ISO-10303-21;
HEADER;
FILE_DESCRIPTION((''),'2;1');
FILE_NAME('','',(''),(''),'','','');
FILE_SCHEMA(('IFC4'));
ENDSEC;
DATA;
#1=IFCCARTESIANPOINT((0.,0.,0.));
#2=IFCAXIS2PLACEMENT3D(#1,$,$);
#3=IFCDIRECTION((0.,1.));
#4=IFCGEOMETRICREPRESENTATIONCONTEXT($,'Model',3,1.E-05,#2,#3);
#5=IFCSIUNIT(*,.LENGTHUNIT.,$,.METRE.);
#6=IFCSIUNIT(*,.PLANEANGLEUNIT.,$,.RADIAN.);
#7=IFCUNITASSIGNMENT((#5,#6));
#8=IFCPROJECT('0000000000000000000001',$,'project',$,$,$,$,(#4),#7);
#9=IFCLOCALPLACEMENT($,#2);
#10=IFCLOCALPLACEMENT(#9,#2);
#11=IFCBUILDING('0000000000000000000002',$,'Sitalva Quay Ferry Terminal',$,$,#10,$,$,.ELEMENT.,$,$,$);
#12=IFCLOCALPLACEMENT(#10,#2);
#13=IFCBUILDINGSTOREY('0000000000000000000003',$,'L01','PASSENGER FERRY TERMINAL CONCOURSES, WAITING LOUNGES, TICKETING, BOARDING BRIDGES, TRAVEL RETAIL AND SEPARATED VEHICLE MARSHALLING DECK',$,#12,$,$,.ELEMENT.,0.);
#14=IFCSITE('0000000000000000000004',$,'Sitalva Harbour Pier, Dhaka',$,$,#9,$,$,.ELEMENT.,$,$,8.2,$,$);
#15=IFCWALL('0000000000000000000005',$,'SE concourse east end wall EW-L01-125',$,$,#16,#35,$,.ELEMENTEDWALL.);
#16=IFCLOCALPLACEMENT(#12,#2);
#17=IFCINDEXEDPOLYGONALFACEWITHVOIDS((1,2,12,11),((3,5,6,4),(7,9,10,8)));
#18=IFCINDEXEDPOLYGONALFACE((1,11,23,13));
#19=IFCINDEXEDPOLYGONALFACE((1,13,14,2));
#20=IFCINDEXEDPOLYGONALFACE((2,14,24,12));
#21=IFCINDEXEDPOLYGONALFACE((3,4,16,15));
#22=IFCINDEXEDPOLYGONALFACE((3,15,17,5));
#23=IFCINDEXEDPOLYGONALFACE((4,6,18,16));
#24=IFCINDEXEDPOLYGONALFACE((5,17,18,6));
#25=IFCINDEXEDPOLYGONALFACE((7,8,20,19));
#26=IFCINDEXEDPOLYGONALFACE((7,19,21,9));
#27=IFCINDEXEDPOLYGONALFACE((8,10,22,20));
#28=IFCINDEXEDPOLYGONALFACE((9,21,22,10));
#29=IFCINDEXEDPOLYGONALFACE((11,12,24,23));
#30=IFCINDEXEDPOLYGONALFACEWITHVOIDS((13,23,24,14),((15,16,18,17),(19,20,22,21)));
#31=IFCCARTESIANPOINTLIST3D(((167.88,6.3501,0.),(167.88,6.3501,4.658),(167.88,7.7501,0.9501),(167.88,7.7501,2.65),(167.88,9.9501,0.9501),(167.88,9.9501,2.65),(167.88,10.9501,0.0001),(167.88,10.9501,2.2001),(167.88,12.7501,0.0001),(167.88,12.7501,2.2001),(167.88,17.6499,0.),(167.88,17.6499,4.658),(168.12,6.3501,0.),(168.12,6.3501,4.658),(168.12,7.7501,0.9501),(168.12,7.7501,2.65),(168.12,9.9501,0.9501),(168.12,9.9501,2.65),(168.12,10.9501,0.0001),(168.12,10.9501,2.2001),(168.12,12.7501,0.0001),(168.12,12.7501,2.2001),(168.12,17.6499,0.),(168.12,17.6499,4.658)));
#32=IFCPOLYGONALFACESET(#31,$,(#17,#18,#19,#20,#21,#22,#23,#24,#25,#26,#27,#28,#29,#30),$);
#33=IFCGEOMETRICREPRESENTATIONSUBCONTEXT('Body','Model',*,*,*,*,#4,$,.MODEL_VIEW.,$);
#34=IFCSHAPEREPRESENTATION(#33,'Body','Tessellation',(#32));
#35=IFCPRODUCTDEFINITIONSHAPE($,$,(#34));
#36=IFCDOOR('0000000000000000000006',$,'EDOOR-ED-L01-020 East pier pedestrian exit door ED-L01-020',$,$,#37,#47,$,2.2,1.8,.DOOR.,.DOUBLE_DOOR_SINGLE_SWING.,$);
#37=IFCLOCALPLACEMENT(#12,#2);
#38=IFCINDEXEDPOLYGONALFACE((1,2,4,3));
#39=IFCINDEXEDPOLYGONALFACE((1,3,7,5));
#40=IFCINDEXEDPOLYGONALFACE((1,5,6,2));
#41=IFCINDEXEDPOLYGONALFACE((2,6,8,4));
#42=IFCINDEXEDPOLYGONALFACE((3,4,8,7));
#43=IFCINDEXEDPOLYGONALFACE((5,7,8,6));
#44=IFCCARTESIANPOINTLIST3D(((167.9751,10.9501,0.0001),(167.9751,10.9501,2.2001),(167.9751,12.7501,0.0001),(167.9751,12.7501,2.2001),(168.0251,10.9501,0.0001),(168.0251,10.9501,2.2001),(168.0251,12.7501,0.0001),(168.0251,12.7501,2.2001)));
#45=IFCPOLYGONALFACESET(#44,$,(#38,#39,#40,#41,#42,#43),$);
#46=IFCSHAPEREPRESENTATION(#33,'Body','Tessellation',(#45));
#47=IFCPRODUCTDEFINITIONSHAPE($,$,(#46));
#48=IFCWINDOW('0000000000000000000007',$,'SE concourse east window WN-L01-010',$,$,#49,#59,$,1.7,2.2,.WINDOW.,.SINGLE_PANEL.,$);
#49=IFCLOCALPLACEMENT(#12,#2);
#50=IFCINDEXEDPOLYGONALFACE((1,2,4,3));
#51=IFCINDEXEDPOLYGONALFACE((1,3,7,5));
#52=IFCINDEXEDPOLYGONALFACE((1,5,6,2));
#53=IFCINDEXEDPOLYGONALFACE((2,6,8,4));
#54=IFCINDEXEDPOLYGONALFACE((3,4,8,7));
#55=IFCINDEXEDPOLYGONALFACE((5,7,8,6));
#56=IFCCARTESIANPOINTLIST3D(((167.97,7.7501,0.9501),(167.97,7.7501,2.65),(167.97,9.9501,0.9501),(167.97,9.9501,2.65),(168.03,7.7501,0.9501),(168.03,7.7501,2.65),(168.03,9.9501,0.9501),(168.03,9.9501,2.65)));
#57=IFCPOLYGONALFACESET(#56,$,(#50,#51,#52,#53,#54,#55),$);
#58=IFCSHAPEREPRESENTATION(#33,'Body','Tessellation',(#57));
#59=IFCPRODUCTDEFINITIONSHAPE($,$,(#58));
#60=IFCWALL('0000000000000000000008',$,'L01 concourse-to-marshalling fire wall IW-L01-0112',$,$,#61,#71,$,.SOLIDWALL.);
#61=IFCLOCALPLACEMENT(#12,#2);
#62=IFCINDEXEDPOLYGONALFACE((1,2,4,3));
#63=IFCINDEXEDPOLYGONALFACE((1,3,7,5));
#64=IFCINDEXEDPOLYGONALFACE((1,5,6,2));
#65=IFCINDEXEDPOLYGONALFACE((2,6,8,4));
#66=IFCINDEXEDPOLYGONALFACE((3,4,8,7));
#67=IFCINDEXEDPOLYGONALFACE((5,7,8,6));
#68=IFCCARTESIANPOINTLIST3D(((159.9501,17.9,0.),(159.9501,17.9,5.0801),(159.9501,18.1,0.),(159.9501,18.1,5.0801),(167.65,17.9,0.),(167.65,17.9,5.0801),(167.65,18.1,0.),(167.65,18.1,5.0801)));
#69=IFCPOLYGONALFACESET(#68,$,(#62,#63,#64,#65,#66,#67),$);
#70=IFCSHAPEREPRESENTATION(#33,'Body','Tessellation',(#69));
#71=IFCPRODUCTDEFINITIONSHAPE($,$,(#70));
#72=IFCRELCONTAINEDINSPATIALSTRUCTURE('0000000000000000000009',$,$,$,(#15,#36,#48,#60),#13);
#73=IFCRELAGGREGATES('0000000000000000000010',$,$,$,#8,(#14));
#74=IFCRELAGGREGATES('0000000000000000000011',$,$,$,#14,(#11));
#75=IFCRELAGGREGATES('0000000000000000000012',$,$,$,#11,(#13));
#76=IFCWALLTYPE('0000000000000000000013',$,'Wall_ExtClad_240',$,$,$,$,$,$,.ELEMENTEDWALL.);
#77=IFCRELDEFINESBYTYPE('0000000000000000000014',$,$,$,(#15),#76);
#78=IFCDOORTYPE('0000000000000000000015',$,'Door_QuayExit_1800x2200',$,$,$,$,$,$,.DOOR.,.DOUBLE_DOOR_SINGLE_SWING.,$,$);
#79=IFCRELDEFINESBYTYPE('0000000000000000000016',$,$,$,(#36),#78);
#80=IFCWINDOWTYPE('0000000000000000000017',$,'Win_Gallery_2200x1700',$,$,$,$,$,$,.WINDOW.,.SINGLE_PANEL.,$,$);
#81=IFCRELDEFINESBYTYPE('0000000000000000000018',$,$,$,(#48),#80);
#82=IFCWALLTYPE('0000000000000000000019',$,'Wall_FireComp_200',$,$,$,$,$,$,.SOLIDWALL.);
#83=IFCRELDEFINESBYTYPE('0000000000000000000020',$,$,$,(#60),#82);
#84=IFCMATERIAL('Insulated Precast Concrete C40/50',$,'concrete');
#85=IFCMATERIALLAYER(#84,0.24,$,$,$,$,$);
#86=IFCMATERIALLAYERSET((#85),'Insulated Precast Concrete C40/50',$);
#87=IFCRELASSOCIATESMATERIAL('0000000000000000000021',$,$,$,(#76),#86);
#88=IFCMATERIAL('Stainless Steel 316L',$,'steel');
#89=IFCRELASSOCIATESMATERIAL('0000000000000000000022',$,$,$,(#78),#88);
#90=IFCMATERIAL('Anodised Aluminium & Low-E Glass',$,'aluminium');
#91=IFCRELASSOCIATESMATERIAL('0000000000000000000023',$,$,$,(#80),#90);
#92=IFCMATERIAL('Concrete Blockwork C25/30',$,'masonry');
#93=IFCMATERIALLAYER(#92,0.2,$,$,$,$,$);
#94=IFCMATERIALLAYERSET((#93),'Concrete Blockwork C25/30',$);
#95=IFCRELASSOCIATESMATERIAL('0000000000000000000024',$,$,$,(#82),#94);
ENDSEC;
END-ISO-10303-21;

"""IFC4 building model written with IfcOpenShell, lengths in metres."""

from ifc_helpers import new_model, si_unit, direction, frame, frame_2d, origin, place, context, subcontext, project, spatial, rectangle, extrude, material, layer, layer_set, type_object, element, fill, save


model = new_model("IFC4")

# Units and contexts
model_context = context("Model", 3, precision=1e-05, world=origin(), true_north=direction((0.0, 1.0)))
body_context = subcontext(model_context, "Body", "Model", "MODEL_VIEW")
ifc_project = project(units=[si_unit("LENGTHUNIT", "METRE"), si_unit("PLANEANGLEUNIT", "RADIAN")], contexts=[model_context])

# Site, building, storey
site_placement = place(None, origin())
site = spatial("IfcSite", under=ifc_project, at=site_placement, Name="Sitalva Harbour Pier, Dhaka", CompositionType="ELEMENT", RefElevation=8.2)
building_placement = place(site_placement, origin())
building = spatial("IfcBuilding", under=site, at=building_placement, Name="Sitalva Quay Ferry Terminal", CompositionType="ELEMENT")
storey_placement = place(building_placement, origin())
storey = spatial("IfcBuildingStorey", under=building, at=storey_placement, Name="L01", Description="PASSENGER FERRY TERMINAL CONCOURSES, WAITING LOUNGES, TICKETING, BOARDING BRIDGES, TRAVEL RETAIL AND SEPARATED VEHICLE MARSHALLING DECK", CompositionType="ELEMENT", Elevation=0.0)

# Wall, openings, door, window
ifc_material_1 = material(Name="Insulated Precast Concrete C40/50", Category="concrete")
ifc_layer_1 = layer(ifc_material_1, 0.24)
ifc_layer_set_1 = layer_set([ifc_layer_1], Name="Insulated Precast Concrete C40/50")
wall_type_1 = type_object("IfcWallType", Name="Wall_ExtClad_240", PredefinedType="ELEMENTEDWALL", material=ifc_layer_set_1)
wall_1_placement = place(storey_placement, frame((168.0, 6.3501, 0.0), z_axis=(0.0, 0.0, 1.0), x_axis=(0.0, 1.0, 0.0)))
wall_1 = element("IfcWall", 1, at=wall_1_placement, inside=storey, type_object=wall_type_1, Name="SE concourse east end wall EW-L01-125", PredefinedType="ELEMENTEDWALL", context=body_context, shape_type="SweptSolid", body=[
    extrude(rectangle(XDim=11.2998, YDim=0.24, at=frame_2d((5.6499, 0.0))), origin(), (0.0, 0.0, 1.0), 4.658),
])
opening_1_placement = place(wall_1_placement, frame((4.6001, 0.0, 0.0)))
opening_1 = element("IfcOpeningElement", 2, at=opening_1_placement, cuts=wall_1, PredefinedType="OPENING", context=body_context, shape_type="SweptSolid", body=[
    extrude(rectangle(XDim=1.8, YDim=2.2, at=frame_2d((0.8999, 1.1001))), frame((0.0, 0.1299, 0.0), z_axis=(0.0, -1.0, 0.0), x_axis=(1.0, 0.0, 0.0)), (0.0, 0.0, 1.0), 0.26),
])
opening_2_placement = place(wall_1_placement, frame((1.3999, 0.0, 0.95)))
opening_2 = element("IfcOpeningElement", 3, at=opening_2_placement, cuts=wall_1, PredefinedType="OPENING", context=body_context, shape_type="SweptSolid", body=[
    extrude(rectangle(XDim=2.2, YDim=1.7, at=frame_2d((1.1001, 0.8501))), frame((0.0, 0.1299, 0.0), z_axis=(0.0, -1.0, 0.0), x_axis=(1.0, 0.0, 0.0)), (0.0, 0.0, 1.0), 0.26),
])
ifc_material_2 = material(Name="Stainless Steel 316L", Category="steel")
door_type = type_object("IfcDoorType", Name="Door_QuayExit_1800x2200", OperationType="DOUBLE_DOOR_SINGLE_SWING", PredefinedType="DOOR", material=ifc_material_2)
door_placement = place(opening_1_placement, origin())
door = element("IfcDoor", 4, at=door_placement, inside=storey, type_object=door_type, Name="EDOOR-ED-L01-020 East pier pedestrian exit door ED-L01-020", OperationType="DOUBLE_DOOR_SINGLE_SWING", OverallHeight=2.2, OverallWidth=1.8, PredefinedType="DOOR", context=body_context, shape_type="SweptSolid", body=[
    extrude(rectangle(XDim=1.8, YDim=2.2, at=frame_2d((0.8999, 1.1001))), frame((0.0, 0.0249, 0.0), z_axis=(0.0, -1.0, 0.0), x_axis=(1.0, 0.0, 0.0)), (0.0, 0.0, 1.0), 0.05),
])
fill(opening_1, door)
ifc_material_3 = material(Name="Anodised Aluminium & Low-E Glass", Category="aluminium")
window_type = type_object("IfcWindowType", Name="Win_Gallery_2200x1700", PartitioningType="SINGLE_PANEL", PredefinedType="WINDOW", material=ifc_material_3)
window_placement = place(opening_2_placement, origin())
window = element("IfcWindow", 5, at=window_placement, inside=storey, type_object=window_type, Name="SE concourse east window WN-L01-010", OverallHeight=1.7, OverallWidth=2.2, PartitioningType="SINGLE_PANEL", PredefinedType="WINDOW", context=body_context, shape_type="SweptSolid", body=[
    extrude(rectangle(XDim=2.2, YDim=1.7, at=frame_2d((1.1001, 0.8501))), frame((0.0, 0.03, 0.0), z_axis=(0.0, -1.0, 0.0), x_axis=(1.0, 0.0, 0.0)), (0.0, 0.0, 1.0), 0.0601),
])
fill(opening_2, window)

# Wall
ifc_material_4 = material(Name="Concrete Blockwork C25/30", Category="masonry")
ifc_layer_2 = layer(ifc_material_4, 0.2)
ifc_layer_set_2 = layer_set([ifc_layer_2], Name="Concrete Blockwork C25/30")
wall_type_2 = type_object("IfcWallType", Name="Wall_FireComp_200", PredefinedType="SOLIDWALL", material=ifc_layer_set_2)
wall_2_placement = place(storey_placement, frame((159.95, 18.0, 0.0), z_axis=(0.0, 0.0, 1.0), x_axis=(1.0, 0.0, 0.0)))
element("IfcWall", 6, at=wall_2_placement, inside=storey, type_object=wall_type_2, Name="L01 concourse-to-marshalling fire wall IW-L01-0112", PredefinedType="SOLIDWALL", context=body_context, shape_type="SweptSolid", body=[
    extrude(rectangle(XDim=7.7, YDim=0.2, at=frame_2d((3.8501, 0.0))), origin(), (0.0, 0.0, 1.0), 5.0801),
])

save(model, "model.ifc")
